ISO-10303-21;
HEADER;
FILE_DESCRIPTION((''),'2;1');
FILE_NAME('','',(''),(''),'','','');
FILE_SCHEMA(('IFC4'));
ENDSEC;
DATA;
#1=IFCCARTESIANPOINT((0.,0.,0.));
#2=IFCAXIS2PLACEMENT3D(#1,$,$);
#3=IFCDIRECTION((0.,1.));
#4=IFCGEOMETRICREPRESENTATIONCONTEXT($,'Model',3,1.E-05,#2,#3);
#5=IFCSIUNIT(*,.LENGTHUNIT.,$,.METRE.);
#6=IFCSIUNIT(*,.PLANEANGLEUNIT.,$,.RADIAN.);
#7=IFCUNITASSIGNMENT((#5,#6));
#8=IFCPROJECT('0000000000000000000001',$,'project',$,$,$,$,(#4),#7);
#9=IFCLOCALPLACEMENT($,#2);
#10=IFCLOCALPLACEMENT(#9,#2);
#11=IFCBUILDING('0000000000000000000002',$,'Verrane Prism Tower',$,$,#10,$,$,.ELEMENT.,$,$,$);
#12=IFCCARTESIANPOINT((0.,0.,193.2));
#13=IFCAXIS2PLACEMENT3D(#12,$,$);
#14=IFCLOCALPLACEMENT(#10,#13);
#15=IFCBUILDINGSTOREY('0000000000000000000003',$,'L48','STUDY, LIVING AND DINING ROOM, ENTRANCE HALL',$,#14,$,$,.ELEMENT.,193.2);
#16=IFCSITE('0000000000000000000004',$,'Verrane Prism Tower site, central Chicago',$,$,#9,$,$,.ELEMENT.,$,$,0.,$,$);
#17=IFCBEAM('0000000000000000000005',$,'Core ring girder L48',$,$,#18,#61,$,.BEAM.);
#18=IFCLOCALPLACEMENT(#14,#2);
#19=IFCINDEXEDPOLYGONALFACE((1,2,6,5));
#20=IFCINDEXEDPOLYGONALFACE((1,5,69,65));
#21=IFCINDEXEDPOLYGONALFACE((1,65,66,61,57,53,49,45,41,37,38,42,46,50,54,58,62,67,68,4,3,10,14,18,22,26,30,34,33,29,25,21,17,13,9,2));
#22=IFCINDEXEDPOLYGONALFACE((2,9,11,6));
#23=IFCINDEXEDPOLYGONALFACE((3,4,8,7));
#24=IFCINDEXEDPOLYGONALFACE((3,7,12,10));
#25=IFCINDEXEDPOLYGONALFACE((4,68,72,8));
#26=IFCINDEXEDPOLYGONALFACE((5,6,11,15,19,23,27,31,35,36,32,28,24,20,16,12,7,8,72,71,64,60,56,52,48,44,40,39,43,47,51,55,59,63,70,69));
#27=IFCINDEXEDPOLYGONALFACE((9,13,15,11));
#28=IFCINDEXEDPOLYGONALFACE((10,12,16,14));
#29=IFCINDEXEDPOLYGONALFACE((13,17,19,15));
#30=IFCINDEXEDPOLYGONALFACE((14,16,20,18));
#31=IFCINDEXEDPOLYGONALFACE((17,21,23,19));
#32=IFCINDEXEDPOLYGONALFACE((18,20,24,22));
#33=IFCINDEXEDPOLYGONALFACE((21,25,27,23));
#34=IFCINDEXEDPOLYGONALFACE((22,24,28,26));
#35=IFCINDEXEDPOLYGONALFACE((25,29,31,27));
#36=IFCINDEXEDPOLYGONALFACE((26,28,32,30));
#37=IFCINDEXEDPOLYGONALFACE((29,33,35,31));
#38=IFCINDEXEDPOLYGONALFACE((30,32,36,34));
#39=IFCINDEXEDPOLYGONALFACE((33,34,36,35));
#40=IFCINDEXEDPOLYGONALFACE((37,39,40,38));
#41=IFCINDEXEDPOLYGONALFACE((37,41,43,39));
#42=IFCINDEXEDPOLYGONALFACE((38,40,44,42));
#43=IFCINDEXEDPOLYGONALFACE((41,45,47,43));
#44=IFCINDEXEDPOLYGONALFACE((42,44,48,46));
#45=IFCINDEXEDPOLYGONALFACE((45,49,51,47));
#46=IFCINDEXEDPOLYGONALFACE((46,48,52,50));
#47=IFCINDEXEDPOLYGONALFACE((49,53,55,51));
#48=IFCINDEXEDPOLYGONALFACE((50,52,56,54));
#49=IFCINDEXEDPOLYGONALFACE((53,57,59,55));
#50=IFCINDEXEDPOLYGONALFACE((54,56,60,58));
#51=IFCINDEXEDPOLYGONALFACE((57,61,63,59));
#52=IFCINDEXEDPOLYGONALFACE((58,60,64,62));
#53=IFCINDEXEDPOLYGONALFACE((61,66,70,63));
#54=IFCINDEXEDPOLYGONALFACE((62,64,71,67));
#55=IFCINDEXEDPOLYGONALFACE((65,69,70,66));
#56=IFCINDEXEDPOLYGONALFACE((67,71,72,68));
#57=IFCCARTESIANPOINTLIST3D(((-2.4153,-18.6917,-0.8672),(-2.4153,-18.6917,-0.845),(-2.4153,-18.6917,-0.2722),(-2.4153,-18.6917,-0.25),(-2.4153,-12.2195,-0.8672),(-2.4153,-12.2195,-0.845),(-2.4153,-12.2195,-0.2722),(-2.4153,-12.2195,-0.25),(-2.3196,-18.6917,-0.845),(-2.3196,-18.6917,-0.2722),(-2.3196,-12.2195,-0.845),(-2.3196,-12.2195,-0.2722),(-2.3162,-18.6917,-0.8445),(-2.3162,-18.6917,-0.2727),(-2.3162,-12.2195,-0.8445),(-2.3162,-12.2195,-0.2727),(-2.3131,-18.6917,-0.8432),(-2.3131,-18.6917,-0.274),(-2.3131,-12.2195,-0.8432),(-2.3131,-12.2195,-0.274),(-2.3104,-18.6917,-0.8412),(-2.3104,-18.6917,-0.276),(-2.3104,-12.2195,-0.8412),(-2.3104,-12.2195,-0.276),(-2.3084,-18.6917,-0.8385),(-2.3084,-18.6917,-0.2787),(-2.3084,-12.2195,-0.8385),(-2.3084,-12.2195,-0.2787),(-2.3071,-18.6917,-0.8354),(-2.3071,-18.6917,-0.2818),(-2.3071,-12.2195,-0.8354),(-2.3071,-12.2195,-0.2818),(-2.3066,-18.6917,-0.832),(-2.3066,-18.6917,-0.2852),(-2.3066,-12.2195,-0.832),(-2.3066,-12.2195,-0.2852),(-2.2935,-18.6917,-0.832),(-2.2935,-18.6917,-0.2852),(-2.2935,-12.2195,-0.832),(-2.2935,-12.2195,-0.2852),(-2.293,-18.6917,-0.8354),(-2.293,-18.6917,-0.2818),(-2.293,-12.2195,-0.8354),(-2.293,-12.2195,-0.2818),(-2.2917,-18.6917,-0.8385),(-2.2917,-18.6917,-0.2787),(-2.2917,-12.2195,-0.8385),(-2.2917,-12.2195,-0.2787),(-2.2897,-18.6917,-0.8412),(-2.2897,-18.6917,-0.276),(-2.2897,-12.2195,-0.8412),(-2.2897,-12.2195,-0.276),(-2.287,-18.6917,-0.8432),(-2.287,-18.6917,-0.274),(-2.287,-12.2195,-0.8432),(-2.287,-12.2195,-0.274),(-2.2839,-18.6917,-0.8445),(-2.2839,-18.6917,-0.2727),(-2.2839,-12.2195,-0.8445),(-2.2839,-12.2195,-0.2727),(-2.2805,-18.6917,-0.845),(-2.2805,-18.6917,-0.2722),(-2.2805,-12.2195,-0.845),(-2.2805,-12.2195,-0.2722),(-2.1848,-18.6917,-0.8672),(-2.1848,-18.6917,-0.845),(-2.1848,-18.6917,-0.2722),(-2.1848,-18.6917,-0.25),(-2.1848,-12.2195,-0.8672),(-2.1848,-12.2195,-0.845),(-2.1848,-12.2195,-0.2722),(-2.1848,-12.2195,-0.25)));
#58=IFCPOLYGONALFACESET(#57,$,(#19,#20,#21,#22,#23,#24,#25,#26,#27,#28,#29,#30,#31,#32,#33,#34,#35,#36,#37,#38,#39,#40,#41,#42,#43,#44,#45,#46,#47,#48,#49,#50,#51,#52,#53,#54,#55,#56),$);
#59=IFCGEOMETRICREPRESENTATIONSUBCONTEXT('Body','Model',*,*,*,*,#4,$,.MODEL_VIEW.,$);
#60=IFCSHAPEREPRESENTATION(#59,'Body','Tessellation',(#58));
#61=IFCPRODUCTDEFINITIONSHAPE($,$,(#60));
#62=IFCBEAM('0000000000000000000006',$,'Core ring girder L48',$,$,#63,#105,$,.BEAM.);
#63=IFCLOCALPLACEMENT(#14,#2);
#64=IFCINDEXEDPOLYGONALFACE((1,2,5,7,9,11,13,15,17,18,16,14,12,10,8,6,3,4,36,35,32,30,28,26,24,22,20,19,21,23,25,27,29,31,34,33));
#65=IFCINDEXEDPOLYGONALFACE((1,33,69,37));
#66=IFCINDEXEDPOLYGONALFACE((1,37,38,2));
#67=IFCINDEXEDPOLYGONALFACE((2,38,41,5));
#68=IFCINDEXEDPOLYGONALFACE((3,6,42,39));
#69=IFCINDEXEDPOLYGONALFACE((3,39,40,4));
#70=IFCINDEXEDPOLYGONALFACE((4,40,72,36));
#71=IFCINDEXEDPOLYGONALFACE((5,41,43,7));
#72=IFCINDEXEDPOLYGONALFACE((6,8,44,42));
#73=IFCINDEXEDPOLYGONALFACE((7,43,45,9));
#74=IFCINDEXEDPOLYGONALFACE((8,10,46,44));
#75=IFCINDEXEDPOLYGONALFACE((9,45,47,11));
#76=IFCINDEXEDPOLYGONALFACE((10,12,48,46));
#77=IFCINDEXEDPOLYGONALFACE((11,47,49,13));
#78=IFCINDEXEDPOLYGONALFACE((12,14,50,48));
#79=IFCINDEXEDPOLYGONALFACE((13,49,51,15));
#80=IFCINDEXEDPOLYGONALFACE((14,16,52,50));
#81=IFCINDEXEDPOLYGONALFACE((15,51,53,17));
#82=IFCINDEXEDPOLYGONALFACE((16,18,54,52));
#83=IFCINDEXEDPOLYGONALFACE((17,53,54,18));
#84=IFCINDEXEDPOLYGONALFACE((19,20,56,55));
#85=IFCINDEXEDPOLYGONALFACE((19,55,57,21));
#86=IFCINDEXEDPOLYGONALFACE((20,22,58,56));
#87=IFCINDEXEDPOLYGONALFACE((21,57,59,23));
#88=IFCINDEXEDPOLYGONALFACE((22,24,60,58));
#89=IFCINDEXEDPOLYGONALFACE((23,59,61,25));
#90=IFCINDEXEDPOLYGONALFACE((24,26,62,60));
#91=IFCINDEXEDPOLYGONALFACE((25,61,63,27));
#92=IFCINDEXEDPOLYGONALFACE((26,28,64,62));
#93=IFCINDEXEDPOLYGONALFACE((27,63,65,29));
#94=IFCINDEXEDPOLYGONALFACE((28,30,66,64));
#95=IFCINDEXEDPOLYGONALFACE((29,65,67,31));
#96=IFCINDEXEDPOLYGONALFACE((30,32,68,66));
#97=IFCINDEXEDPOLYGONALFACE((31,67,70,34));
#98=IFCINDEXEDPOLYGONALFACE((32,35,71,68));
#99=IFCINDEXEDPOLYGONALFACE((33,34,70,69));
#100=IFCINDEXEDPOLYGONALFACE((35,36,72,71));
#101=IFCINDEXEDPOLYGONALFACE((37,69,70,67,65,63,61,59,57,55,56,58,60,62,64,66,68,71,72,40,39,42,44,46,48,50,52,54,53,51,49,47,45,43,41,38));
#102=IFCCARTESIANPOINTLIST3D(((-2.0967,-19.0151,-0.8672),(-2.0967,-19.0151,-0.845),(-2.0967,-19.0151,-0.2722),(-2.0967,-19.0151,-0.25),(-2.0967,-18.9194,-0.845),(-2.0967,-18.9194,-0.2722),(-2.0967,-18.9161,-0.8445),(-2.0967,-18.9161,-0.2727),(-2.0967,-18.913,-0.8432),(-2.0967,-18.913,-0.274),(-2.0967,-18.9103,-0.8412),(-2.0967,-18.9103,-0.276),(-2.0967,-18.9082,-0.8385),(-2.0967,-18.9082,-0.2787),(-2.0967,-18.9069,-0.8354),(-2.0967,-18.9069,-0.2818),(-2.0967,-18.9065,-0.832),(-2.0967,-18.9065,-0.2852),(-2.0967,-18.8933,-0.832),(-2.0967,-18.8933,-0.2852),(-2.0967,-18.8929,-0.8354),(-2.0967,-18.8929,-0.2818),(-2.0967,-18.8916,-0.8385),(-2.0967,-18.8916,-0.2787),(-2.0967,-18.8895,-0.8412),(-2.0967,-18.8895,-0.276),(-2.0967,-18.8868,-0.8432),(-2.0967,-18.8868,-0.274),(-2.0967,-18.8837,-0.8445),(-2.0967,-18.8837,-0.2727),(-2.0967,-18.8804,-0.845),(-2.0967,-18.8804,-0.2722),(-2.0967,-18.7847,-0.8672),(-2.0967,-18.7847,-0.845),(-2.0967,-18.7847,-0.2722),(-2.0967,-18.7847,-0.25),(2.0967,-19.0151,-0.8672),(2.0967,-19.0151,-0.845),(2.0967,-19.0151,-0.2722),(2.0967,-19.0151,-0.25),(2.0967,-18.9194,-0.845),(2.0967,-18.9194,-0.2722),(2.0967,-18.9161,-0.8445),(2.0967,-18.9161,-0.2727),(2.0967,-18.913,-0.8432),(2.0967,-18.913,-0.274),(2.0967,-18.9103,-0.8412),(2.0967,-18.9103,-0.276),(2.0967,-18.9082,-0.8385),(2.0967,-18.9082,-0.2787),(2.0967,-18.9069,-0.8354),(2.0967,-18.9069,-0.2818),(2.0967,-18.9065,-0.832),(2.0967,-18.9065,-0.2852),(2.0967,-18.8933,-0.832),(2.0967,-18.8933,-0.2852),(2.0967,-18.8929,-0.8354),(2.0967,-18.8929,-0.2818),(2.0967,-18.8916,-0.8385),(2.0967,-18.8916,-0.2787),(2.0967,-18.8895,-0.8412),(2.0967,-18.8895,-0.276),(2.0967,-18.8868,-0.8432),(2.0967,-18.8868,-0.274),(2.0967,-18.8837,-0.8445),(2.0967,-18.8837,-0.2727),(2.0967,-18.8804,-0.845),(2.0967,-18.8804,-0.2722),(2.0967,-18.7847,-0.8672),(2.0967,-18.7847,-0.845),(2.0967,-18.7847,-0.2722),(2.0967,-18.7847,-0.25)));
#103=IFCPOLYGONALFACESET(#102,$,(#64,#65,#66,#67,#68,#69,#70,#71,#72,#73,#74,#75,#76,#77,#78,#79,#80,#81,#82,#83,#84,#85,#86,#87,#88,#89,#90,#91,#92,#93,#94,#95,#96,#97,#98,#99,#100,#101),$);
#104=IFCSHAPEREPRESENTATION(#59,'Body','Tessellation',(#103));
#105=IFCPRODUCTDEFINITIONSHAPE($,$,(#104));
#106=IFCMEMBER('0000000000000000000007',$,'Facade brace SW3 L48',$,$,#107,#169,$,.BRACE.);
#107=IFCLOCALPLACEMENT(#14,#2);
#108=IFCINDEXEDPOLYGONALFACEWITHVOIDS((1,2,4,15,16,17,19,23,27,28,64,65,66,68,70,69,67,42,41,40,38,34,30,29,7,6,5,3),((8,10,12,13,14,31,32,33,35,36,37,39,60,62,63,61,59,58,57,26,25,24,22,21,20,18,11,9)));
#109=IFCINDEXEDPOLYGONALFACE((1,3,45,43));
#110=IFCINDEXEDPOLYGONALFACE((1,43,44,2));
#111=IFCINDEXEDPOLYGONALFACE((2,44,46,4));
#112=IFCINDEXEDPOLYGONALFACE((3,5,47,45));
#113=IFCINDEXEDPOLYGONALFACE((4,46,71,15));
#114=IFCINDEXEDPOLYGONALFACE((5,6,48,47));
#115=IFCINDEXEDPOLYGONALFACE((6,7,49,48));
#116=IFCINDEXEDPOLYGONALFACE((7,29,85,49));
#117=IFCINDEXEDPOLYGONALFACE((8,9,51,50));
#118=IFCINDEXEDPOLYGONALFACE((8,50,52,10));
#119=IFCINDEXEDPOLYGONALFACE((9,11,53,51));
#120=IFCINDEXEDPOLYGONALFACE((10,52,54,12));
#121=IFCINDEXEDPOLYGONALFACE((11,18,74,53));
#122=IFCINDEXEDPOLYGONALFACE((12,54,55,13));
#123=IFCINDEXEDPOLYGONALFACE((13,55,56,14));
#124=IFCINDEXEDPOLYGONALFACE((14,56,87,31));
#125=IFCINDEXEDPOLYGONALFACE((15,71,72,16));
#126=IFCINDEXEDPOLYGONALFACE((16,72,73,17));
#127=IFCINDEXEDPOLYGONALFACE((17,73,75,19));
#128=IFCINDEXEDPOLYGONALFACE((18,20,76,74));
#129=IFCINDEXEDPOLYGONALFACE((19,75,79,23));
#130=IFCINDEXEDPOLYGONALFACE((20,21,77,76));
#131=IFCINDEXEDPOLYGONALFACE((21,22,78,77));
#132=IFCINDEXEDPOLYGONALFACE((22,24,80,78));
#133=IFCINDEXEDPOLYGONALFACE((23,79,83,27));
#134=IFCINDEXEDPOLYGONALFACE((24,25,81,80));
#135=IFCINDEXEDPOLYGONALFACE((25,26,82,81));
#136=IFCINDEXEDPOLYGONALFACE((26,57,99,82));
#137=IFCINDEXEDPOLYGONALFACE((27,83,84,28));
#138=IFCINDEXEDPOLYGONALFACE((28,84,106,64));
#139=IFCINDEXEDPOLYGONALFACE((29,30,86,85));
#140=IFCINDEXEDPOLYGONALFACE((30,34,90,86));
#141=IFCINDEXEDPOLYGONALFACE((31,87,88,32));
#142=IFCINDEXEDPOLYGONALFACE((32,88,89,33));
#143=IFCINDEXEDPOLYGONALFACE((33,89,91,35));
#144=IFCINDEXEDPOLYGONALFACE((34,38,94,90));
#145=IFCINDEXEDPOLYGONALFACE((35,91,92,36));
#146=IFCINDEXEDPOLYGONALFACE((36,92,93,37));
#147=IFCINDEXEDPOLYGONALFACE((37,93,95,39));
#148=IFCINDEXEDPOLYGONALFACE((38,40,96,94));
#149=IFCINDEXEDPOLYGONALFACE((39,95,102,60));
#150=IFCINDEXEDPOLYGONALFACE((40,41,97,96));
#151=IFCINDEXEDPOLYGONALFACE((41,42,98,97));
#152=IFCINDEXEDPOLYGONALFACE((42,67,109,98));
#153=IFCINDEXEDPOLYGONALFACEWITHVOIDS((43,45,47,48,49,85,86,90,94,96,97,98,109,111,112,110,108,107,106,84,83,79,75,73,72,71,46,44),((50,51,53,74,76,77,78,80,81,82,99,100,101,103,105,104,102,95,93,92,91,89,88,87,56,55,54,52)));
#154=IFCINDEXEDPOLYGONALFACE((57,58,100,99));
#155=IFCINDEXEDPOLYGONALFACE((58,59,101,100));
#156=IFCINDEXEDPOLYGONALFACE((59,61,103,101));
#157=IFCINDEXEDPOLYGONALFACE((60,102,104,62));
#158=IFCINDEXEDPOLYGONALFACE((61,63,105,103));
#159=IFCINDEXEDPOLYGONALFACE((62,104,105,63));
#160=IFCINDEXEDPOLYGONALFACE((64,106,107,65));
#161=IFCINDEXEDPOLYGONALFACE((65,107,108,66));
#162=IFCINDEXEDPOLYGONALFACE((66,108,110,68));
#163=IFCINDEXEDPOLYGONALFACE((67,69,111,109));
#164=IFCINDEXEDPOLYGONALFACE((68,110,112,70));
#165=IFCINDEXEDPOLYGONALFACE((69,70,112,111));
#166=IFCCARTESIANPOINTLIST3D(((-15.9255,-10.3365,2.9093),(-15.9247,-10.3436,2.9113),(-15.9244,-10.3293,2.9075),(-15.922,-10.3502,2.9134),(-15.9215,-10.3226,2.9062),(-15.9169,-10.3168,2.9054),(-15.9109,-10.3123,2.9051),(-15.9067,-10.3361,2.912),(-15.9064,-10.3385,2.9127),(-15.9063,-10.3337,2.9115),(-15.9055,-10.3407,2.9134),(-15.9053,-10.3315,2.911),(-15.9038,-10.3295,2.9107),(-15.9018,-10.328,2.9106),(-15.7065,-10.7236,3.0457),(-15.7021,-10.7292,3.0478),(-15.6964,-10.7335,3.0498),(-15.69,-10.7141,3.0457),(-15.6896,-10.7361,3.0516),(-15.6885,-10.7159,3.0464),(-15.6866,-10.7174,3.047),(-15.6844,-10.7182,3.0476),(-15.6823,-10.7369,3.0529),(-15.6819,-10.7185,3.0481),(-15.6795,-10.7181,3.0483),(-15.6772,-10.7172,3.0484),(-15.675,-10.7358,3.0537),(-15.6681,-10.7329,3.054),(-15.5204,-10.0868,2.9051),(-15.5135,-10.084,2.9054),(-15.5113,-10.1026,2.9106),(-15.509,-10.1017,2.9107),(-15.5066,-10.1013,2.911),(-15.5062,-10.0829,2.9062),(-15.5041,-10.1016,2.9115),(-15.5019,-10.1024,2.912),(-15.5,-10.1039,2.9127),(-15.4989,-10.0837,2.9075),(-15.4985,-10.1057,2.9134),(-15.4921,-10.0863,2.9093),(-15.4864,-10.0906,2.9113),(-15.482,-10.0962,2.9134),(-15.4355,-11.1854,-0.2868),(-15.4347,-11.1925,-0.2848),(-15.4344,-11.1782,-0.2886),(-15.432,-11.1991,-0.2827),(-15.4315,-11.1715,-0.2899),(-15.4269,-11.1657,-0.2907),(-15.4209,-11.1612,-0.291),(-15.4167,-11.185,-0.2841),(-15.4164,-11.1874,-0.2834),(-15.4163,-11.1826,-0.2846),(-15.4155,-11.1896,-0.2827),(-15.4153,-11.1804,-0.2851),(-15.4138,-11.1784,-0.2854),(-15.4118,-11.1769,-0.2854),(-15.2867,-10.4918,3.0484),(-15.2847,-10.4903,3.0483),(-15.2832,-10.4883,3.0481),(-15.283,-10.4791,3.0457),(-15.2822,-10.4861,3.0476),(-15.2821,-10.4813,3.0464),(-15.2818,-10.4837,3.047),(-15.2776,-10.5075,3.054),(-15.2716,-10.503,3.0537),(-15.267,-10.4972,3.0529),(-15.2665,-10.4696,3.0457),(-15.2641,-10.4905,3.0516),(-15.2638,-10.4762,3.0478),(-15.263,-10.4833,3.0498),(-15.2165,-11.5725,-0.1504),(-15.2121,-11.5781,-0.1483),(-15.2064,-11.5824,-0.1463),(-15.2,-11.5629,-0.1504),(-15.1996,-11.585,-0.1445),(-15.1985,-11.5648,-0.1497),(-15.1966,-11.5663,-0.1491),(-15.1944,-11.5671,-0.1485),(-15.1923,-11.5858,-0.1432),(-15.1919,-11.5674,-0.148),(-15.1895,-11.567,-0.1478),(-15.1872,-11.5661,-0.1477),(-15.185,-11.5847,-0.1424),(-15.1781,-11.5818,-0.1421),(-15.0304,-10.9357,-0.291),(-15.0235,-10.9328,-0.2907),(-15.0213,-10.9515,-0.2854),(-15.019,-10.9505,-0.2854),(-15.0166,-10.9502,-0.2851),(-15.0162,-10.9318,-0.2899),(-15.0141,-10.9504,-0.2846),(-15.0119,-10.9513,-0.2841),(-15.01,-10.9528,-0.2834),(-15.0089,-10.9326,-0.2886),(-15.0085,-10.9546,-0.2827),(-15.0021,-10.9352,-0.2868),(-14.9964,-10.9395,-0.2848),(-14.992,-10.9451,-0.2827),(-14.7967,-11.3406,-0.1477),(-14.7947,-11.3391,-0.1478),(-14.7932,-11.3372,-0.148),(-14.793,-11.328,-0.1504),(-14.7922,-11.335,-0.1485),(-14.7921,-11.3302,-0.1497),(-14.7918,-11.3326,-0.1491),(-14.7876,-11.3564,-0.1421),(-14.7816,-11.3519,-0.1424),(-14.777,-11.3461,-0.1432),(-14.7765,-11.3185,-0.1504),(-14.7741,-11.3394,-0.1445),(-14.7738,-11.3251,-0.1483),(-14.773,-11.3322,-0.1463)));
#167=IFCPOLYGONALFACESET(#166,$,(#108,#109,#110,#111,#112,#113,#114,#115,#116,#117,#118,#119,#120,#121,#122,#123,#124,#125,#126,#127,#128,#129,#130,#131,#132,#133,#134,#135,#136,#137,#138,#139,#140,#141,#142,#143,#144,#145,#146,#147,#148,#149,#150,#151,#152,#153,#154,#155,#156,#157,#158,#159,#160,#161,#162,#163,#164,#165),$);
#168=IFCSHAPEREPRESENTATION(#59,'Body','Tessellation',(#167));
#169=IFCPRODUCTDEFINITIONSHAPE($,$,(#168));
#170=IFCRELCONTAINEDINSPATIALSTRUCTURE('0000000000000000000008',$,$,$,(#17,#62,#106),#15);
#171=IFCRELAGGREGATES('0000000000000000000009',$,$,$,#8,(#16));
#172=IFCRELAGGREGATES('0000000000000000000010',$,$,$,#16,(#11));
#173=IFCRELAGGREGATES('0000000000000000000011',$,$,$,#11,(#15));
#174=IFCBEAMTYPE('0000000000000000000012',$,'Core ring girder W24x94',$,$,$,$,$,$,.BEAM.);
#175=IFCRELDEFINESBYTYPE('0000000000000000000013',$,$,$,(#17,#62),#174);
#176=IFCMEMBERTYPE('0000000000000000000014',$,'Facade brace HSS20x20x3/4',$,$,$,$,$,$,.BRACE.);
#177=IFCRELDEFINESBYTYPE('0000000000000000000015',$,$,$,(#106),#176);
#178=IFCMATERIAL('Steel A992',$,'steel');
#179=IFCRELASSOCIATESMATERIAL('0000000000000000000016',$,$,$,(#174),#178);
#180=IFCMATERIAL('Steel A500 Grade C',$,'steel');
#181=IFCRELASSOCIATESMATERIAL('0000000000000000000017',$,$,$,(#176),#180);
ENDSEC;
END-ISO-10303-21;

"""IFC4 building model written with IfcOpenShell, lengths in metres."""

from ifc_helpers import new_model, si_unit, direction, frame, origin, origin_2d, place, context, subcontext, project, spatial, hollow_rectangle, i_section, extrude, material, material_profile, profile_set, type_object, element, save


model = new_model("IFC4")

# Units and contexts
model_context = context("Model", 3, precision=1e-05, world=origin(), true_north=direction((0.0, 1.0)))
body_context = subcontext(model_context, "Body", "Model", "MODEL_VIEW")
ifc_project = project(units=[si_unit("LENGTHUNIT", "METRE"), si_unit("PLANEANGLEUNIT", "RADIAN")], contexts=[model_context])

# Site, building, storey
site_placement = place(None, origin())
site = spatial("IfcSite", under=ifc_project, at=site_placement, Name="Verrane Prism Tower site, central Chicago", CompositionType="ELEMENT", RefElevation=0.0)
building_placement = place(site_placement, origin())
building = spatial("IfcBuilding", under=site, at=building_placement, Name="Verrane Prism Tower", CompositionType="ELEMENT")
storey_placement = place(building_placement, frame((0.0, 0.0, 193.2)))
storey = spatial("IfcBuildingStorey", under=building, at=storey_placement, Name="L48", Description="STUDY, LIVING AND DINING ROOM, ENTRANCE HALL", CompositionType="ELEMENT", Elevation=193.2)

# Beams
ifc_material_1 = material(Name="Steel A992", Category="steel")
ifc_material_profile_1 = material_profile(ifc_material_1, i_section(OverallWidth=0.2305, OverallDepth=0.6172, WebThickness=0.0132, FlangeThickness=0.0222, FilletRadius=0.0129, at=origin_2d()), Name="W24x94")
ifc_profile_set_1 = profile_set([ifc_material_profile_1], Name="Steel A992")
beam_type_1 = type_object("IfcBeamType", Name="Core ring girder W24x94", PredefinedType="BEAM", material=ifc_profile_set_1)
beam_1_placement = place(storey_placement, frame((-2.3, -12.2195, -0.5586), z_axis=(0.0, -1.0, 0.0), x_axis=(1.0, 0.0, 0.0)))
element("IfcBeam", 1, at=beam_1_placement, inside=storey, type_object=beam_type_1, Name="Core ring girder L48", PredefinedType="BEAM", context=body_context, shape_type="SweptSolid", body=[
    extrude(i_section(OverallWidth=0.2305, OverallDepth=0.6172, WebThickness=0.0132, FlangeThickness=0.0222, FilletRadius=0.0129, at=origin_2d()), origin(), (0.0, 0.0, 1.0), 6.4722),
])
beam_2_placement = place(storey_placement, frame((-2.0967, -18.8999, -0.5586), z_axis=(1.0, 0.0, 0.0), x_axis=(0.0, 1.0, 0.0)))
element("IfcBeam", 2, at=beam_2_placement, inside=storey, type_object=beam_type_1, Name="Core ring girder L48", PredefinedType="BEAM", context=body_context, shape_type="SweptSolid", body=[
    extrude(i_section(OverallWidth=0.2305, OverallDepth=0.6172, WebThickness=0.0132, FlangeThickness=0.0222, FilletRadius=0.0129, at=origin_2d()), origin(), (0.0, 0.0, 1.0), 4.1934),
])

# Member
ifc_material_2 = material(Name="Steel A500 Grade C", Category="steel")
ifc_material_profile_2 = material_profile(ifc_material_2, hollow_rectangle(XDim=0.5081, YDim=0.5081, WallThickness=0.019, InnerFilletRadius=0.0095, OuterFilletRadius=0.0286, at=origin_2d()), Name="HSS20x20x3/4")
ifc_profile_set_2 = profile_set([ifc_material_profile_2], Name="Steel A500 Grade C")
member_type_1 = type_object("IfcMemberType", Name="Facade brace HSS20x20x3/4", PredefinedType="BRACE", material=ifc_profile_set_2)
member_1_placement = place(storey_placement, frame((-15.1042, -11.2588, -0.2166), z_axis=(-0.146574, 0.25393, 0.956052), x_axis=(-0.866074, -0.499917, 0.0)))
element("IfcMember", 3, at=member_1_placement, inside=storey, type_object=member_type_1, Name="Facade brace SW3 L48", PredefinedType="BRACE", context=body_context, shape_type="SweptSolid", body=[
    extrude(hollow_rectangle(XDim=0.5081, YDim=0.5081, WallThickness=0.019, InnerFilletRadius=0.0095, OuterFilletRadius=0.0286, at=origin_2d()), origin(), (0.0, 0.0, 1.0), 3.343),
])

save(model, "model.ifc")
